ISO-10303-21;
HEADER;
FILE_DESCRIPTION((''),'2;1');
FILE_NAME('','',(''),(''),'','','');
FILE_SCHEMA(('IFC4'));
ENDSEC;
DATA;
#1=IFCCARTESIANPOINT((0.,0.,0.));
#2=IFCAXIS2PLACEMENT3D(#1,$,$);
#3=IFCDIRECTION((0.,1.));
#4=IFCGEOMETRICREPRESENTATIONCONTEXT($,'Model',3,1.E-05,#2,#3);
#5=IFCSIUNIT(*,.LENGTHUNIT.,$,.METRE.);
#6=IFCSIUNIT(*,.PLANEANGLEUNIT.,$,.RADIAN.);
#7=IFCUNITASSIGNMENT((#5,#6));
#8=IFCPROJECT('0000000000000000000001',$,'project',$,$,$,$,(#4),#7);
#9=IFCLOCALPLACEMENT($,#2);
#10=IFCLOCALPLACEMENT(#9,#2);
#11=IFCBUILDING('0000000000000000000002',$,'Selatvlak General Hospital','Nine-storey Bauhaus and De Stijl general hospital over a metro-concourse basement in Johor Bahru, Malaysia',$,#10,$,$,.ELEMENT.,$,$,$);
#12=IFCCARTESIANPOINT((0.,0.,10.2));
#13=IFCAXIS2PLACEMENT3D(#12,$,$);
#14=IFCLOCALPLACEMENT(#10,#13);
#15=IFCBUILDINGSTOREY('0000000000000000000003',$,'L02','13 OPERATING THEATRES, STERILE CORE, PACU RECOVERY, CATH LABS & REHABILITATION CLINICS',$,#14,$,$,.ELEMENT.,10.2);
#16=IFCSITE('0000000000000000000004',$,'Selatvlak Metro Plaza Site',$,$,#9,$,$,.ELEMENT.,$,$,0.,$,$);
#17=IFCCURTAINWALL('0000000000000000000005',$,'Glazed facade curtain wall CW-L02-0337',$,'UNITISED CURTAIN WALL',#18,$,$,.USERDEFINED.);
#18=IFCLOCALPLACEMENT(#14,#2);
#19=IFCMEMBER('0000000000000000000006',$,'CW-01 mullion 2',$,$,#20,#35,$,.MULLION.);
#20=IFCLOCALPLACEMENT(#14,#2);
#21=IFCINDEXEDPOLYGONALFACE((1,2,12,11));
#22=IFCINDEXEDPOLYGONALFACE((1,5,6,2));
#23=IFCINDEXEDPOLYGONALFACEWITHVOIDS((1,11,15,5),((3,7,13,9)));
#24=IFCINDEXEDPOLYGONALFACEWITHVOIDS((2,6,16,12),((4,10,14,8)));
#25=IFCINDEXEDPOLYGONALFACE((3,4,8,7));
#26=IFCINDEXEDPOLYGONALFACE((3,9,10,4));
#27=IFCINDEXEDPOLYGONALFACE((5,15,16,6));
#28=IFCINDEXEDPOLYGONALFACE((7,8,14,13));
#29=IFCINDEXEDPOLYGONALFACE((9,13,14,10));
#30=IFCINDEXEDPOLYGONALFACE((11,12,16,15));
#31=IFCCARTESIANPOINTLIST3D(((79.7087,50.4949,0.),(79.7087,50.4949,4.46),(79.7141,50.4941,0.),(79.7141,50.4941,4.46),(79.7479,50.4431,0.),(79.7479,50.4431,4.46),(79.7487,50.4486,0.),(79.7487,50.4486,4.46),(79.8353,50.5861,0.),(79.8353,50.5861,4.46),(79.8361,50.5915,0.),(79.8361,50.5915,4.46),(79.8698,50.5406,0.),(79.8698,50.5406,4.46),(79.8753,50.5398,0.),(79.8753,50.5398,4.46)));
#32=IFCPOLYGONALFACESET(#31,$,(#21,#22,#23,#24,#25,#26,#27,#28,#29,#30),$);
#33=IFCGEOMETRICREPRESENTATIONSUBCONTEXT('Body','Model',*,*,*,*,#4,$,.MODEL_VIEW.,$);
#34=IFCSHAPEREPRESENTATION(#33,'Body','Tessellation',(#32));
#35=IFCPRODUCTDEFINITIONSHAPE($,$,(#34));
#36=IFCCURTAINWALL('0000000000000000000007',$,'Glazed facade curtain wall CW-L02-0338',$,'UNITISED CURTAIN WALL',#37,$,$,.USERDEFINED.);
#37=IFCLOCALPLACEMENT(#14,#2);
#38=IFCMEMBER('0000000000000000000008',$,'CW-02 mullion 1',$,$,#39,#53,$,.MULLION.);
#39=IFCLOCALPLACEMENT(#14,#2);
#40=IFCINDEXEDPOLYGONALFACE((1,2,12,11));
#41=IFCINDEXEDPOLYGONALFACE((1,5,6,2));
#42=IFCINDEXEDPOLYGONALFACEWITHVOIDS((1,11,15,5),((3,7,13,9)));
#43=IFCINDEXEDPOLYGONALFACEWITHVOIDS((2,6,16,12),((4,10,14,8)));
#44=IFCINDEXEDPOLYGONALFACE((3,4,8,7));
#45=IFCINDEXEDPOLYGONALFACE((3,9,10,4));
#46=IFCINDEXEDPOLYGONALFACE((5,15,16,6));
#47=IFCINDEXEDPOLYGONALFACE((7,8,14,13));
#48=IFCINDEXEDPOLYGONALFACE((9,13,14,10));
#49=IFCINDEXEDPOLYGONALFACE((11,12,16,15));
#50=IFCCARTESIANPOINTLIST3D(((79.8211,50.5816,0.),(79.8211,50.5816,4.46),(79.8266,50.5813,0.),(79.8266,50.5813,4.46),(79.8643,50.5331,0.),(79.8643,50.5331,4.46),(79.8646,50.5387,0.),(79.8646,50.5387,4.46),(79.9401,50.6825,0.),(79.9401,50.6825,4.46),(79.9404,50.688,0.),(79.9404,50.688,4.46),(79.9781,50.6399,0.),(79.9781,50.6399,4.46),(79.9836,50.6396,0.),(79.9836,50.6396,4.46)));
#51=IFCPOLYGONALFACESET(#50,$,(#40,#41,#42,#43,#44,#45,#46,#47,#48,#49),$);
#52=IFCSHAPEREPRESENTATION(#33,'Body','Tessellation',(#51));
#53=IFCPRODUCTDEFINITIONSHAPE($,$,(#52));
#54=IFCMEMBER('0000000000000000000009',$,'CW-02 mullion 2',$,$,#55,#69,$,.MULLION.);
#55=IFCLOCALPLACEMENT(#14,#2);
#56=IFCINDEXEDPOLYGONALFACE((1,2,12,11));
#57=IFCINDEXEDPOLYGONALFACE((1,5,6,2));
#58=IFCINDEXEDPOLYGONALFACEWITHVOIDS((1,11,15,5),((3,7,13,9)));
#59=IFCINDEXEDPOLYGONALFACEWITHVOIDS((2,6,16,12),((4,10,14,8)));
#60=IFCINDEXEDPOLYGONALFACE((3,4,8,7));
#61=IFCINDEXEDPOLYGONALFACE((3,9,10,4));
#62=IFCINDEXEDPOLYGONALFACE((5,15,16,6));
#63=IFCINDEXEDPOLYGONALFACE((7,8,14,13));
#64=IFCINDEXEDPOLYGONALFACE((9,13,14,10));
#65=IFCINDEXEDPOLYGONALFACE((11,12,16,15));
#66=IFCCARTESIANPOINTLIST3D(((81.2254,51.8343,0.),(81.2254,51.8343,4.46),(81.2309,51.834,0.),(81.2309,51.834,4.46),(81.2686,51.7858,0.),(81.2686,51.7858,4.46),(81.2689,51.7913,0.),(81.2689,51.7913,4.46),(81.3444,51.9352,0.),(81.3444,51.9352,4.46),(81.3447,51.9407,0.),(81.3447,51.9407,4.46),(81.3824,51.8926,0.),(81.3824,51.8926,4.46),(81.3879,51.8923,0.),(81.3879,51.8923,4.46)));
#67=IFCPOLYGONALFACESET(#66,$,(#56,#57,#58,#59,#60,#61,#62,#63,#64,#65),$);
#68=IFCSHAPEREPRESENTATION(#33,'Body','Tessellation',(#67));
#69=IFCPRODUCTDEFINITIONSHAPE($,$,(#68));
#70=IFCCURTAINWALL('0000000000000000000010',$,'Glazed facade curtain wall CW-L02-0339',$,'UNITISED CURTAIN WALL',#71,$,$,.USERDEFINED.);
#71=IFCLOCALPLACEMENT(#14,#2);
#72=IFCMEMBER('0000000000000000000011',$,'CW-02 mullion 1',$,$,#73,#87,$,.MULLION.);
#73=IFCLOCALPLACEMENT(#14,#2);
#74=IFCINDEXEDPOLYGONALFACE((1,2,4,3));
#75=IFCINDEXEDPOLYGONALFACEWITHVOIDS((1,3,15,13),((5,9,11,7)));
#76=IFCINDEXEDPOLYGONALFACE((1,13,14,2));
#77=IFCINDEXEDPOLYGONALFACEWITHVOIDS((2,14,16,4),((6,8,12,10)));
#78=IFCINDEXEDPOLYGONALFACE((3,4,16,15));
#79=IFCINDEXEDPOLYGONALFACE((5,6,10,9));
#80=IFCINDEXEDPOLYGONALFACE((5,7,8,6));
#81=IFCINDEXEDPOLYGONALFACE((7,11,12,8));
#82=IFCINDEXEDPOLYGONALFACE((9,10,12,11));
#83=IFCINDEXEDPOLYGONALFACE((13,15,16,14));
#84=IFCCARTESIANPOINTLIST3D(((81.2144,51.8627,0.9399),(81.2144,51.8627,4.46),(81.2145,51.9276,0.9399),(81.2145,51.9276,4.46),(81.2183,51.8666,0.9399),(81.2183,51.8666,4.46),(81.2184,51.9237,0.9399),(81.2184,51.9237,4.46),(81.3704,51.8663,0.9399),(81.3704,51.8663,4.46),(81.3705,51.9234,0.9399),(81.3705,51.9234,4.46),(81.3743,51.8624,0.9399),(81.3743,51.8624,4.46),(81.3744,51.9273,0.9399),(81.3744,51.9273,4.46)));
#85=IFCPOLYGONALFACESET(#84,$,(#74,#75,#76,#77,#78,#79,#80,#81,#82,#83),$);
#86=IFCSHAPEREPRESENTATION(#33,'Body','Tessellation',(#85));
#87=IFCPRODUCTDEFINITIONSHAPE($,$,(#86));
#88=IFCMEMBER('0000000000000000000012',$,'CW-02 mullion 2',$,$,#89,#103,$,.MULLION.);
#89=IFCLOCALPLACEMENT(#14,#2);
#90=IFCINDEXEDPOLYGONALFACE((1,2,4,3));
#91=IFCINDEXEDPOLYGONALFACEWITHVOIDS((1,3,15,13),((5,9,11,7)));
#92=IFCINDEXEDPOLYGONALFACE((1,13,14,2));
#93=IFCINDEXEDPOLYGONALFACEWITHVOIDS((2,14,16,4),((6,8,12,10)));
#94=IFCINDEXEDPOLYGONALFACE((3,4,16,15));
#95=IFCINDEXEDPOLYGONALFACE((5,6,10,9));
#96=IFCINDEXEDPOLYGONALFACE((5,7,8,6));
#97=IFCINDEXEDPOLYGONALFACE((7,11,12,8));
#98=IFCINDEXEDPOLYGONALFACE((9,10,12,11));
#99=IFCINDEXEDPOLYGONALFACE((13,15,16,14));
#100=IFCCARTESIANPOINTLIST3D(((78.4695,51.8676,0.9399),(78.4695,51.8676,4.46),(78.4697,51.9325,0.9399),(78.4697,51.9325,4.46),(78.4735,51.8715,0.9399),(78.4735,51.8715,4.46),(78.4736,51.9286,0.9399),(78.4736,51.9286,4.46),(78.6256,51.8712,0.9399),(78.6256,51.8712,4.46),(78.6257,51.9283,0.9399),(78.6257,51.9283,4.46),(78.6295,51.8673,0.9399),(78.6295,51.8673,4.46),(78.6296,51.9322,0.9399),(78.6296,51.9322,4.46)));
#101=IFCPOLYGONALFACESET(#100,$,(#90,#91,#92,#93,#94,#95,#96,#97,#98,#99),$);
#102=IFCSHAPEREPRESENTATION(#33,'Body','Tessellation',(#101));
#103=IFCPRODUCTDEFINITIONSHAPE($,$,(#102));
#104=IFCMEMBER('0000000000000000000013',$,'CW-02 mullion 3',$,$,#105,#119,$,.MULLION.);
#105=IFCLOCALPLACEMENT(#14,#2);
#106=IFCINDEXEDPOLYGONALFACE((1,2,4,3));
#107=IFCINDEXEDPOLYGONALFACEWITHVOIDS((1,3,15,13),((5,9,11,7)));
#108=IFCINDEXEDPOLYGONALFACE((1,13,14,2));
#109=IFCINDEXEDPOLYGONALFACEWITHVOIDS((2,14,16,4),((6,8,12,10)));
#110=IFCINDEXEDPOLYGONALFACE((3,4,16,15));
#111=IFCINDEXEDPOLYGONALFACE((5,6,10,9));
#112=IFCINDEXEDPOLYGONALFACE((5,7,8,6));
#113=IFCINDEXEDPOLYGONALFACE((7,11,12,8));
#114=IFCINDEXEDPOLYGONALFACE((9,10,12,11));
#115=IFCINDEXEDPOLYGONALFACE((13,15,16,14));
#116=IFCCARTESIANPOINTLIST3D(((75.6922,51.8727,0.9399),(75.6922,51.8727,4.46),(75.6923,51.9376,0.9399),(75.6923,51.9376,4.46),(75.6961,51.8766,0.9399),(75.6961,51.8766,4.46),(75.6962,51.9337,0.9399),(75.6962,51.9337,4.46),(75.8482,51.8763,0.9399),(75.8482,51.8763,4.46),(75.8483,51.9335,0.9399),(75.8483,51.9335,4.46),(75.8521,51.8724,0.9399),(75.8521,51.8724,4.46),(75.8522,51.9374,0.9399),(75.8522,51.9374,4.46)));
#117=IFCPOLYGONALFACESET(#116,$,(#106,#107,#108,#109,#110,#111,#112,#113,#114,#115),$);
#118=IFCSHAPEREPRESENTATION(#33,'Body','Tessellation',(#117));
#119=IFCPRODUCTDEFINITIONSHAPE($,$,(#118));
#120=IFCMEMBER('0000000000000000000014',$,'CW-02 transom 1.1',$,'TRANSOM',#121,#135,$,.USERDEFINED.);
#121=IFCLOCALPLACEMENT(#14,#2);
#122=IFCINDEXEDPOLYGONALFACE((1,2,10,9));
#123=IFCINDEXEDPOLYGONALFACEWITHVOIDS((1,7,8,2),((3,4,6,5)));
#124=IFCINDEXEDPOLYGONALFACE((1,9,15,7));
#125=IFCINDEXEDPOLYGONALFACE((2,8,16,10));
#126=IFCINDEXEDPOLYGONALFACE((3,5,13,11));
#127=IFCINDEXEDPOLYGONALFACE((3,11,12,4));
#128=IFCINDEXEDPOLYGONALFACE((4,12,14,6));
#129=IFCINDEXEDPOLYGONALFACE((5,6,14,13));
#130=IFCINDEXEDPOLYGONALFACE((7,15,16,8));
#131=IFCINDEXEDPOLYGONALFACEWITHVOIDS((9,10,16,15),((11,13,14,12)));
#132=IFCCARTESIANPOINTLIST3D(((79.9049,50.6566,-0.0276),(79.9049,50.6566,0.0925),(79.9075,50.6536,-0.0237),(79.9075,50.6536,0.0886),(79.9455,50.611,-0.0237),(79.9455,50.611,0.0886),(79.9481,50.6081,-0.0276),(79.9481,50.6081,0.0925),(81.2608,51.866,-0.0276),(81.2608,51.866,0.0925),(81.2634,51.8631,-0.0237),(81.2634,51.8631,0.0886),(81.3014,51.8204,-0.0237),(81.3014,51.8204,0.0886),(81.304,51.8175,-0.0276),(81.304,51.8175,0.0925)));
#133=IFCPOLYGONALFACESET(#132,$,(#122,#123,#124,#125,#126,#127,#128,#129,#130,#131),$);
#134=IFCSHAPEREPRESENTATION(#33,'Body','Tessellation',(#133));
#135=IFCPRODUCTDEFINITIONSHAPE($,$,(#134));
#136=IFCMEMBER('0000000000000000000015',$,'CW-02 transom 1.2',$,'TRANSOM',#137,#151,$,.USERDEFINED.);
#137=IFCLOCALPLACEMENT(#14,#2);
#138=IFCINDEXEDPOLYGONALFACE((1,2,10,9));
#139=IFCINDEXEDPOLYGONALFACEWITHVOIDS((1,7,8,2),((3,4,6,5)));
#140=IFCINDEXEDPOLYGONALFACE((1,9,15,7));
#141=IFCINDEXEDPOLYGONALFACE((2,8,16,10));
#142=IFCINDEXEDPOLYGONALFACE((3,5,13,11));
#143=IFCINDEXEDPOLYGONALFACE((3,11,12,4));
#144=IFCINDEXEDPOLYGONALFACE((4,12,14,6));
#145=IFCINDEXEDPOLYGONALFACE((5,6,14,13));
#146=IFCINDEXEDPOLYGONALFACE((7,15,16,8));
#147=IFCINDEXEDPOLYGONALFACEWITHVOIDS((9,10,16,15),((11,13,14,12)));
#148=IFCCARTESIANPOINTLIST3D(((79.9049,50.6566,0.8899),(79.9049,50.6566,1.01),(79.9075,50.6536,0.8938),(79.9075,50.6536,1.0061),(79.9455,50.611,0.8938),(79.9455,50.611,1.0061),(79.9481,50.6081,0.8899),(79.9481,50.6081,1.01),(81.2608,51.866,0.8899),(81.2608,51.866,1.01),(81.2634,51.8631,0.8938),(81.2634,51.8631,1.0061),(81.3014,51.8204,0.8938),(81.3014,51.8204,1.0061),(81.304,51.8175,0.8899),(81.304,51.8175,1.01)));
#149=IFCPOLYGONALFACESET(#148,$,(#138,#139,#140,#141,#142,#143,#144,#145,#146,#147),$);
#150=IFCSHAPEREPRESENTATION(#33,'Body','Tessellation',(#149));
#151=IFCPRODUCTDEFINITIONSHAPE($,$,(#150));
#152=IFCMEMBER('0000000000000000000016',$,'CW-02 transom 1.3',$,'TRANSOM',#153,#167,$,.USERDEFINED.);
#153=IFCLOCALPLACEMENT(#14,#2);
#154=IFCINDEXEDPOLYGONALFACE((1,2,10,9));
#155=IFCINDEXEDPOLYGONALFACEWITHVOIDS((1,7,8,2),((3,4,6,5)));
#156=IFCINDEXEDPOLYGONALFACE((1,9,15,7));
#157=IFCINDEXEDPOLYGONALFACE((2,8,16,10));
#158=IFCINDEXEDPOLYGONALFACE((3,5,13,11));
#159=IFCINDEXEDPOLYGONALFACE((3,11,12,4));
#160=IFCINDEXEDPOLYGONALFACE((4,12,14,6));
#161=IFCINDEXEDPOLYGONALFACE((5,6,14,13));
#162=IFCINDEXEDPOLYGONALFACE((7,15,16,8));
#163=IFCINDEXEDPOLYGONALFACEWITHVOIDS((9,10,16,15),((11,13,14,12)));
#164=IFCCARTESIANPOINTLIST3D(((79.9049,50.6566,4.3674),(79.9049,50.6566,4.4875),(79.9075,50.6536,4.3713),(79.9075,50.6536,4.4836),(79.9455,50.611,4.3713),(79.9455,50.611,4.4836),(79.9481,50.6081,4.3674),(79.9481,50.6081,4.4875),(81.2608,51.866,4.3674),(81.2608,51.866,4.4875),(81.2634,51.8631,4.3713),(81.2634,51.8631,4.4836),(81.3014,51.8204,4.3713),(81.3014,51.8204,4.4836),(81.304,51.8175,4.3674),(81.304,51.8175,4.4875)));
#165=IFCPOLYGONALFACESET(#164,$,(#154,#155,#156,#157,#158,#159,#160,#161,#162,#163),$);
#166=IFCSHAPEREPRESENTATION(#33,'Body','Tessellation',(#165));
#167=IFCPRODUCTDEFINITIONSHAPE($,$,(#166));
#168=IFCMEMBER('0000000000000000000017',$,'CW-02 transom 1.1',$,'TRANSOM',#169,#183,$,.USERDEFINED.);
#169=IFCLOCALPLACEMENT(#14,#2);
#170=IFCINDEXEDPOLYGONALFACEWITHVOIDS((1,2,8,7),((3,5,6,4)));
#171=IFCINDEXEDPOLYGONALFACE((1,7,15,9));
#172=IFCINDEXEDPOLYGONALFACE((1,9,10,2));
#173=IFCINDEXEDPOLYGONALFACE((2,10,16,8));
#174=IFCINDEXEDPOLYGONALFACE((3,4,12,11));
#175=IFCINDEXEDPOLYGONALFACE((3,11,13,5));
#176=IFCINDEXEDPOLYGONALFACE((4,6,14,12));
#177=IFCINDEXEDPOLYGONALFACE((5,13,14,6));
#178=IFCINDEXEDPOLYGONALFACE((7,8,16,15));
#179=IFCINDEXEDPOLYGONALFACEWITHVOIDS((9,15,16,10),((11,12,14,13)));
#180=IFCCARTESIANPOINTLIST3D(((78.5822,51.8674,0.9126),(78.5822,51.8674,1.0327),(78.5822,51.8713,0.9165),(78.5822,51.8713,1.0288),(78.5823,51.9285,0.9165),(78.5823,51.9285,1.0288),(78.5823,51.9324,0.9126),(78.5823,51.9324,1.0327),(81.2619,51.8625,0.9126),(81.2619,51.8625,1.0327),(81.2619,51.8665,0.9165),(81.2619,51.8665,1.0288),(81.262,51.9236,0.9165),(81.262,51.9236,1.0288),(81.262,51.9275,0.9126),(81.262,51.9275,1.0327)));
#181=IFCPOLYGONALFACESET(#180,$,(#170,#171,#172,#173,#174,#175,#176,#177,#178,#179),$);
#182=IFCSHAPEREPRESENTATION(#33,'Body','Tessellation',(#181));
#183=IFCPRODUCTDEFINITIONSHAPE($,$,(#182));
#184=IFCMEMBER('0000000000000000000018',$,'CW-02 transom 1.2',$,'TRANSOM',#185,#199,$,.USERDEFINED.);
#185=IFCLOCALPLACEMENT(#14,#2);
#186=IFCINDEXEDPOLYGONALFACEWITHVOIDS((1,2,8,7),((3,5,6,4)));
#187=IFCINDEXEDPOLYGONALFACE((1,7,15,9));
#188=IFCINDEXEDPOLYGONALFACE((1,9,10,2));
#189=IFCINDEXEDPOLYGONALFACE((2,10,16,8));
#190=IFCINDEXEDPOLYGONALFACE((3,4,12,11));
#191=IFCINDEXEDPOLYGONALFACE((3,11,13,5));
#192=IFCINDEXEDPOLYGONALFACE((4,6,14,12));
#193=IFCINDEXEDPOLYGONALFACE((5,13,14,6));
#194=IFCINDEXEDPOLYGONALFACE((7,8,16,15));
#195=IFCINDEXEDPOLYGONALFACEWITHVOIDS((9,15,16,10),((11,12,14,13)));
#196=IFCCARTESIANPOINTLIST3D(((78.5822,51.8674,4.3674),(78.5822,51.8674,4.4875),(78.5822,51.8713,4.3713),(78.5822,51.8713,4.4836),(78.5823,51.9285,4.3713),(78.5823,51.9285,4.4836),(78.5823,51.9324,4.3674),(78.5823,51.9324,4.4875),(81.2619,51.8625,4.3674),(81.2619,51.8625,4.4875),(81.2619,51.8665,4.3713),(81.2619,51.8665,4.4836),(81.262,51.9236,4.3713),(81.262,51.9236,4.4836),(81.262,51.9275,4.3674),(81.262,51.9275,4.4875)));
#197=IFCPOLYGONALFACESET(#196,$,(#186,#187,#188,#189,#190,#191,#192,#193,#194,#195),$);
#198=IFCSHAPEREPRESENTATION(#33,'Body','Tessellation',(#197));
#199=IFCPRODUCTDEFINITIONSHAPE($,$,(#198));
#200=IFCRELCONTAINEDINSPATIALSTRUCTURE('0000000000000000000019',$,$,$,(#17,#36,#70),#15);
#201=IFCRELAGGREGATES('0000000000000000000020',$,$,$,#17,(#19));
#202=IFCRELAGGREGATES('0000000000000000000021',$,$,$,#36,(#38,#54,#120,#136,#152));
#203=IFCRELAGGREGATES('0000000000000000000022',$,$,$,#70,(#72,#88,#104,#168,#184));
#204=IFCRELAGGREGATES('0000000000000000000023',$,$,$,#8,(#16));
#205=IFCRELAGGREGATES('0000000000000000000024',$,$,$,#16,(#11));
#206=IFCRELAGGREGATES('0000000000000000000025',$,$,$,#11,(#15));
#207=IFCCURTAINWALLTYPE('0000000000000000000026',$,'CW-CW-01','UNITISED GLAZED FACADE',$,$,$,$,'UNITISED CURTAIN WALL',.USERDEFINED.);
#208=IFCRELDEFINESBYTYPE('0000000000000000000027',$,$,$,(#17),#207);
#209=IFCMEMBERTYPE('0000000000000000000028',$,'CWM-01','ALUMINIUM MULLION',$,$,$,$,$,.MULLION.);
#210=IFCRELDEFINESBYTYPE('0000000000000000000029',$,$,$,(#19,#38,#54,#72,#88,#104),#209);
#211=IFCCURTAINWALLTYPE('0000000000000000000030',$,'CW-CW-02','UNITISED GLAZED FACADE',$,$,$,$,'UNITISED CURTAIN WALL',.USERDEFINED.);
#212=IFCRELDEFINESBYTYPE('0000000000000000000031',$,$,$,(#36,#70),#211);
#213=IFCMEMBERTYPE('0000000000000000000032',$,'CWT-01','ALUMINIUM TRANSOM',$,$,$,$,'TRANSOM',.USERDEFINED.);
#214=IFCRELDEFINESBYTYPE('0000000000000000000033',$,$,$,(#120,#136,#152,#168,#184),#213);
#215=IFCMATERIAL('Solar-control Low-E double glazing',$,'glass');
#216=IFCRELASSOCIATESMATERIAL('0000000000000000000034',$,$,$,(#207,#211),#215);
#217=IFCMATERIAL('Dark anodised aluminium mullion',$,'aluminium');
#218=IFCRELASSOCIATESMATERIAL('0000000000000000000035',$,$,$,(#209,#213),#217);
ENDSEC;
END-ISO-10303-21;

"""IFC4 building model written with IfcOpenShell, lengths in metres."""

from ifc_helpers import new_model, si_unit, direction, frame, origin, origin_2d, place, context, subcontext, project, spatial, hollow_rectangle, extrude, material, material_profile, profile_set, type_object, element, aggregate, save


model = new_model("IFC4")

# Units and contexts
model_context = context("Model", 3, precision=1e-05, world=origin(), true_north=direction((0.0, 1.0)))
body_context = subcontext(model_context, "Body", "Model", "MODEL_VIEW")
ifc_project = project(units=[si_unit("LENGTHUNIT", "METRE"), si_unit("PLANEANGLEUNIT", "RADIAN")], contexts=[model_context])

# Site, building, storey
site_placement = place(None, origin())
site = spatial("IfcSite", under=ifc_project, at=site_placement, Name="Selatvlak Metro Plaza Site", CompositionType="ELEMENT", RefElevation=0.0)
building_placement = place(site_placement, origin())
building = spatial("IfcBuilding", under=site, at=building_placement, Name="Selatvlak General Hospital", Description="Nine-storey Bauhaus and De Stijl general hospital over a metro-concourse basement in Johor Bahru, Malaysia", CompositionType="ELEMENT")
storey_placement = place(building_placement, frame((0.0, 0.0, 10.2)))
storey = spatial("IfcBuildingStorey", under=building, at=storey_placement, Name="L02", Description="13 OPERATING THEATRES, STERILE CORE, PACU RECOVERY, CATH LABS & REHABILITATION CLINICS", CompositionType="ELEMENT", Elevation=10.2)

# Curtain wall, member
ifc_material_1 = material(Name="Solar-control Low-E double glazing", Category="glass")
curtain_wall_type_1 = type_object("IfcCurtainWallType", Name="CW-CW-01", Description="UNITISED GLAZED FACADE", ElementType="UNITISED CURTAIN WALL", PredefinedType="USERDEFINED", material=ifc_material_1)
curtain_wall_1_placement = place(storey_placement, origin())
curtain_wall_1 = element("IfcCurtainWall", 1, at=curtain_wall_1_placement, inside=storey, type_object=curtain_wall_type_1, Name="Glazed facade curtain wall CW-L02-0337", ObjectType="UNITISED CURTAIN WALL", PredefinedType="USERDEFINED")
ifc_material_2 = material(Name="Dark anodised aluminium mullion", Category="aluminium")
ifc_material_profile_1 = material_profile(ifc_material_2, hollow_rectangle(XDim=0.0649, YDim=0.1599, WallThickness=0.0039, at=origin_2d()), Name="AL-MUL 65x160x4")
ifc_profile_set_1 = profile_set([ifc_material_profile_1], Name="Dark anodised aluminium mullion")
member_type_1 = type_object("IfcMemberType", Name="CWM-01", Description="ALUMINIUM MULLION", PredefinedType="MULLION", material=ifc_profile_set_1)
member_1_placement = place(storey_placement, frame((79.792, 50.5173, 0.0), z_axis=(0.0, 0.0, 1.0), x_axis=(-0.604515, 0.796594, 0.0)))
member_1 = element("IfcMember", 2, at=member_1_placement, type_object=member_type_1, Name="CW-01 mullion 2", PredefinedType="MULLION", context=body_context, shape_type="SweptSolid", body=[
    extrude(hollow_rectangle(XDim=0.0649, YDim=0.1599, WallThickness=0.0039, at=origin_2d()), origin(), (0.0, 0.0, 1.0), 4.46),
])

# Curtain walls, members
curtain_wall_type_2 = type_object("IfcCurtainWallType", Name="CW-CW-02", Description="UNITISED GLAZED FACADE", ElementType="UNITISED CURTAIN WALL", PredefinedType="USERDEFINED", material=ifc_material_1)
curtain_wall_2_placement = place(storey_placement, origin())
curtain_wall_2 = element("IfcCurtainWall", 3, at=curtain_wall_2_placement, inside=storey, type_object=curtain_wall_type_2, Name="Glazed facade curtain wall CW-L02-0338", ObjectType="UNITISED CURTAIN WALL", PredefinedType="USERDEFINED")
member_2_placement = place(storey_placement, frame((79.9023, 50.6106, 0.0), z_axis=(0.0, 0.0, 1.0), x_axis=(-0.665638, 0.746275, 0.0)))
member_2 = element("IfcMember", 4, at=member_2_placement, type_object=member_type_1, Name="CW-02 mullion 1", PredefinedType="MULLION", context=body_context, shape_type="SweptSolid", body=[
    extrude(hollow_rectangle(XDim=0.0649, YDim=0.1599, WallThickness=0.0039, at=origin_2d()), origin(), (0.0, 0.0, 1.0), 4.46),
])
member_3_placement = place(storey_placement, frame((81.3066, 51.8633, 0.0), z_axis=(0.0, 0.0, 1.0), x_axis=(-0.665638, 0.746275, 0.0)))
member_3 = element("IfcMember", 5, at=member_3_placement, type_object=member_type_1, Name="CW-02 mullion 2", PredefinedType="MULLION", context=body_context, shape_type="SweptSolid", body=[
    extrude(hollow_rectangle(XDim=0.0649, YDim=0.1599, WallThickness=0.0039, at=origin_2d()), origin(), (0.0, 0.0, 1.0), 4.46),
])
curtain_wall_3_placement = place(storey_placement, origin())
curtain_wall_3 = element("IfcCurtainWall", 6, at=curtain_wall_3_placement, inside=storey, type_object=curtain_wall_type_2, Name="Glazed facade curtain wall CW-L02-0339", ObjectType="UNITISED CURTAIN WALL", PredefinedType="USERDEFINED")
member_4_placement = place(storey_placement, frame((81.2944, 51.895, 0.9399), z_axis=(0.0, 0.0, 1.0), x_axis=(-0.0018, -0.999998, 0.0)))
member_4 = element("IfcMember", 7, at=member_4_placement, type_object=member_type_1, Name="CW-02 mullion 1", PredefinedType="MULLION", context=body_context, shape_type="SweptSolid", body=[
    extrude(hollow_rectangle(XDim=0.0649, YDim=0.1599, WallThickness=0.0039, at=origin_2d()), origin(), (0.0, 0.0, 1.0), 3.52),
])
member_5_placement = place(storey_placement, frame((78.5496, 51.8999, 0.9399), z_axis=(0.0, 0.0, 1.0), x_axis=(-0.0018, -0.999998, 0.0)))
member_5 = element("IfcMember", 8, at=member_5_placement, type_object=member_type_1, Name="CW-02 mullion 2", PredefinedType="MULLION", context=body_context, shape_type="SweptSolid", body=[
    extrude(hollow_rectangle(XDim=0.0649, YDim=0.1599, WallThickness=0.0039, at=origin_2d()), origin(), (0.0, 0.0, 1.0), 3.52),
])
member_6_placement = place(storey_placement, frame((75.7722, 51.905, 0.9399), z_axis=(0.0, 0.0, 1.0), x_axis=(-0.0018, -0.999998, 0.0)))
member_6 = element("IfcMember", 9, at=member_6_placement, type_object=member_type_1, Name="CW-02 mullion 3", PredefinedType="MULLION", context=body_context, shape_type="SweptSolid", body=[
    extrude(hollow_rectangle(XDim=0.0649, YDim=0.1599, WallThickness=0.0039, at=origin_2d()), origin(), (0.0, 0.0, 1.0), 3.52),
])

# Members
ifc_material_profile_2 = material_profile(ifc_material_2, hollow_rectangle(XDim=0.0649, YDim=0.1201, WallThickness=0.0039, at=origin_2d()), Name="AL-TRN 65x120x4")
ifc_profile_set_2 = profile_set([ifc_material_profile_2], Name="Dark anodised aluminium mullion")
member_type_2 = type_object("IfcMemberType", Name="CWT-01", Description="ALUMINIUM TRANSOM", ElementType="TRANSOM", PredefinedType="USERDEFINED", material=ifc_profile_set_2)
member_7_placement = place(storey_placement, frame((79.9265, 50.6323, 0.0325), z_axis=(0.746267, 0.665647, 0.0), x_axis=(-0.665647, 0.746267, 0.0)))
member_7 = element("IfcMember", 10, at=member_7_placement, type_object=member_type_2, Name="CW-02 transom 1.1", ObjectType="TRANSOM", PredefinedType="USERDEFINED", context=body_context, shape_type="SweptSolid", body=[
    extrude(hollow_rectangle(XDim=0.0649, YDim=0.1201, WallThickness=0.0039, at=origin_2d()), origin(), (0.0, 0.0, 1.0), 1.8169),
])
member_8_placement = place(storey_placement, frame((79.9265, 50.6323, 0.95), z_axis=(0.746267, 0.665647, 0.0), x_axis=(-0.665647, 0.746267, 0.0)))
member_8 = element("IfcMember", 11, at=member_8_placement, type_object=member_type_2, Name="CW-02 transom 1.2", ObjectType="TRANSOM", PredefinedType="USERDEFINED", context=body_context, shape_type="SweptSolid", body=[
    extrude(hollow_rectangle(XDim=0.0649, YDim=0.1201, WallThickness=0.0039, at=origin_2d()), origin(), (0.0, 0.0, 1.0), 1.8169),
])
member_9_placement = place(storey_placement, frame((79.9265, 50.6323, 4.4275), z_axis=(0.746267, 0.665647, 0.0), x_axis=(-0.665647, 0.746267, 0.0)))
member_9 = element("IfcMember", 12, at=member_9_placement, type_object=member_type_2, Name="CW-02 transom 1.3", ObjectType="TRANSOM", PredefinedType="USERDEFINED", context=body_context, shape_type="SweptSolid", body=[
    extrude(hollow_rectangle(XDim=0.0649, YDim=0.1201, WallThickness=0.0039, at=origin_2d()), origin(), (0.0, 0.0, 1.0), 1.8169),
])
member_10_placement = place(storey_placement, frame((81.262, 51.895, 0.9727), z_axis=(-0.999998, 0.001822, 0.0), x_axis=(-0.001822, -0.999998, 0.0)))
member_10 = element("IfcMember", 13, at=member_10_placement, type_object=member_type_2, Name="CW-02 transom 1.1", ObjectType="TRANSOM", PredefinedType="USERDEFINED", context=body_context, shape_type="SweptSolid", body=[
    extrude(hollow_rectangle(XDim=0.0649, YDim=0.1201, WallThickness=0.0039, at=origin_2d()), origin(), (0.0, 0.0, 1.0), 2.6797),
])
member_11_placement = place(storey_placement, frame((81.262, 51.895, 4.4275), z_axis=(-0.999998, 0.001822, 0.0), x_axis=(-0.001822, -0.999998, 0.0)))
member_11 = element("IfcMember", 14, at=member_11_placement, type_object=member_type_2, Name="CW-02 transom 1.2", ObjectType="TRANSOM", PredefinedType="USERDEFINED", context=body_context, shape_type="SweptSolid", body=[
    extrude(hollow_rectangle(XDim=0.0649, YDim=0.1201, WallThickness=0.0039, at=origin_2d()), origin(), (0.0, 0.0, 1.0), 2.6797),
])

aggregate(curtain_wall_1, [member_1])
aggregate(curtain_wall_2, [member_2, member_3, member_7, member_8, member_9])
aggregate(curtain_wall_3, [member_4, member_5, member_6, member_10, member_11])

save(model, "model.ifc")
